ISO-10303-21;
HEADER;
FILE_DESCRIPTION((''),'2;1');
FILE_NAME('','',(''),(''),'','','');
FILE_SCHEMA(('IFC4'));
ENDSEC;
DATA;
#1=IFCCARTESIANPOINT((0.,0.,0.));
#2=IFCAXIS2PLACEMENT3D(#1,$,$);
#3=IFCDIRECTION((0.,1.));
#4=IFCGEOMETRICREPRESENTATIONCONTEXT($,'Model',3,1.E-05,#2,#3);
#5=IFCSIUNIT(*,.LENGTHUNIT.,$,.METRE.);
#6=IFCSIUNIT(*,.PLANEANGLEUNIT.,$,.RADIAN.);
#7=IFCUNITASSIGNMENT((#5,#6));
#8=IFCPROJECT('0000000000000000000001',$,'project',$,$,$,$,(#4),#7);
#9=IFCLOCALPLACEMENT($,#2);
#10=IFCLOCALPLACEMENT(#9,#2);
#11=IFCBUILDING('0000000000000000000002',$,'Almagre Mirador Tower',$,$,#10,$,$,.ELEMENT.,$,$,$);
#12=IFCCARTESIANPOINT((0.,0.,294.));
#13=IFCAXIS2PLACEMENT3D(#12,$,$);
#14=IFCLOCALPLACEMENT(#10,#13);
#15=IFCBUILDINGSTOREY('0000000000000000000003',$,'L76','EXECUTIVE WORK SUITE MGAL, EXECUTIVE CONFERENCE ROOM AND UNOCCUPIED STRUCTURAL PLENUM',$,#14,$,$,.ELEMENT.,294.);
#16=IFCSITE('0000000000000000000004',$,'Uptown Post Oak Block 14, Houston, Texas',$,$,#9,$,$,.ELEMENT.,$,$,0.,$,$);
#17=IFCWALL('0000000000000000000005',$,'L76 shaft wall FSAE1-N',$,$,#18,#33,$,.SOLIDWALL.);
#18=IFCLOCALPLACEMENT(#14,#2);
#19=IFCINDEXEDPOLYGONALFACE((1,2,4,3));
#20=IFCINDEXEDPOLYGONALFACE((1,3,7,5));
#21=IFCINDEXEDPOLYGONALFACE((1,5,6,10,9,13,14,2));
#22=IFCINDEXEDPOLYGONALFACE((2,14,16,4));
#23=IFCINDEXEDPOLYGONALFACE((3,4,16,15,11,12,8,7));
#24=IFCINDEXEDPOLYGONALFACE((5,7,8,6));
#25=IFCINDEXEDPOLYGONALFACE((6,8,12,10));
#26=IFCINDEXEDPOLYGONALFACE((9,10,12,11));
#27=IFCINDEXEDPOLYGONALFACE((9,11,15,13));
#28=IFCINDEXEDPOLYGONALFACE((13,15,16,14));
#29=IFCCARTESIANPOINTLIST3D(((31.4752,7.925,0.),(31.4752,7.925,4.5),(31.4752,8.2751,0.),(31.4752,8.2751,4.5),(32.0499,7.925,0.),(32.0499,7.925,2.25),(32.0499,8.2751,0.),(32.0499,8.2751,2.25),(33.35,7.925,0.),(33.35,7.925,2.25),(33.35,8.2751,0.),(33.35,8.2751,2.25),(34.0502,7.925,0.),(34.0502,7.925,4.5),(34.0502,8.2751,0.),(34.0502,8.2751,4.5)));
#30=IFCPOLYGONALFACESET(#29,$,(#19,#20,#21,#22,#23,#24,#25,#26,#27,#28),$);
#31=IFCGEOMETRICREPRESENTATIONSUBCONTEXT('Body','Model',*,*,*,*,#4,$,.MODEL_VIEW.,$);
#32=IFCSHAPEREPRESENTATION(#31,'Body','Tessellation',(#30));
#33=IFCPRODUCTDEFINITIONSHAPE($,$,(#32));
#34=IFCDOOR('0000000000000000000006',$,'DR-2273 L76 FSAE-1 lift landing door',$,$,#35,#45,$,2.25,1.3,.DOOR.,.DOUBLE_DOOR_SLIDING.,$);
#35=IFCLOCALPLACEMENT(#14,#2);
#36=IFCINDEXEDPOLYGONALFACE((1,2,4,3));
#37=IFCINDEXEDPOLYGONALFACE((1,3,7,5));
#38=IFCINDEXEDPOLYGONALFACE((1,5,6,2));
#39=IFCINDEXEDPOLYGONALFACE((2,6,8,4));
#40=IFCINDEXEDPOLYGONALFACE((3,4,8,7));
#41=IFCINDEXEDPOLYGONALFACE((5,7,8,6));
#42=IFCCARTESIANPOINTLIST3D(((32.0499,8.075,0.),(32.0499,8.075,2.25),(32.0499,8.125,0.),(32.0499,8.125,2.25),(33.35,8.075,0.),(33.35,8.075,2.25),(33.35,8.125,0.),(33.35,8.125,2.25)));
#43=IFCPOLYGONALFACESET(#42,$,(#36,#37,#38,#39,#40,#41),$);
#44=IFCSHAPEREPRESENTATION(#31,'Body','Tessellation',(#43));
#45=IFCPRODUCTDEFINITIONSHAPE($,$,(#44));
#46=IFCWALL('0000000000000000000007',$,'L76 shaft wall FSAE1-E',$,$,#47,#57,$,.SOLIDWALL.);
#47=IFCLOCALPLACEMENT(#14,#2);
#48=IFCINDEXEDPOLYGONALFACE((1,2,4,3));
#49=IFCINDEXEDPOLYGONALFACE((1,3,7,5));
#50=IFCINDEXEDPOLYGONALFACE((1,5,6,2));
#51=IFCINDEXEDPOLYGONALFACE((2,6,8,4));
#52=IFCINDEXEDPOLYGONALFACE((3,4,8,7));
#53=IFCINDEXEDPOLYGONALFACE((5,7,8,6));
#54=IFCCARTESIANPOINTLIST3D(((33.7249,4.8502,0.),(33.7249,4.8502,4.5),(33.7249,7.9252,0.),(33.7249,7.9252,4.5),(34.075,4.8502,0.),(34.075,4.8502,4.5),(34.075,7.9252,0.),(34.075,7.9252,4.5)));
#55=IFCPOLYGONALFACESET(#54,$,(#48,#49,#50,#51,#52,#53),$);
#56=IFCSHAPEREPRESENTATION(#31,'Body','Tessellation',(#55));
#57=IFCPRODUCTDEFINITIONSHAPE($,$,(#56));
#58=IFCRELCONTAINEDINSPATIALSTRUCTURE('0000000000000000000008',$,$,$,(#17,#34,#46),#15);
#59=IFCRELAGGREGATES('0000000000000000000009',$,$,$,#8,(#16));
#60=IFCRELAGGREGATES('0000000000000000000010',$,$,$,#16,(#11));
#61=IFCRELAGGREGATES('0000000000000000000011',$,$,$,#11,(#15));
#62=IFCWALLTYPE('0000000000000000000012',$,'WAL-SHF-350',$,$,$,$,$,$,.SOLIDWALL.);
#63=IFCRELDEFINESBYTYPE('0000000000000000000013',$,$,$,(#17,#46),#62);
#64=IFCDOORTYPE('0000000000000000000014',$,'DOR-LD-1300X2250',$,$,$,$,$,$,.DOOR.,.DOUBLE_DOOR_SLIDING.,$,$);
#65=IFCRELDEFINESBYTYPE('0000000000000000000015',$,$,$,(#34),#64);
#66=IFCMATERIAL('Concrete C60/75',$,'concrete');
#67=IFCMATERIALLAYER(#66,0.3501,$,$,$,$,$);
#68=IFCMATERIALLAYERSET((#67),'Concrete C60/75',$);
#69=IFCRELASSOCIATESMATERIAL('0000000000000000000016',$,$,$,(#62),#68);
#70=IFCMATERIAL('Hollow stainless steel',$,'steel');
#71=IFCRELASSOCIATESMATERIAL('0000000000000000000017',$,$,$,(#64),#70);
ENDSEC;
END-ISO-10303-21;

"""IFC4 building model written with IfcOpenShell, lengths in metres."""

from ifc_helpers import new_model, si_unit, direction, frame, frame_2d, origin, place, context, subcontext, project, spatial, rectangle, extrude, material, layer, layer_set, type_object, element, fill, save


model = new_model("IFC4")

# Units and contexts
model_context = context("Model", 3, precision=1e-05, world=origin(), true_north=direction((0.0, 1.0)))
body_context = subcontext(model_context, "Body", "Model", "MODEL_VIEW")
ifc_project = project(units=[si_unit("LENGTHUNIT", "METRE"), si_unit("PLANEANGLEUNIT", "RADIAN")], contexts=[model_context])

# Site, building, storey
site_placement = place(None, origin())
site = spatial("IfcSite", under=ifc_project, at=site_placement, Name="Uptown Post Oak Block 14, Houston, Texas", CompositionType="ELEMENT", RefElevation=0.0)
building_placement = place(site_placement, origin())
building = spatial("IfcBuilding", under=site, at=building_placement, Name="Almagre Mirador Tower", CompositionType="ELEMENT")
storey_placement = place(building_placement, frame((0.0, 0.0, 294.0)))
storey = spatial("IfcBuildingStorey", under=building, at=storey_placement, Name="L76", Description="EXECUTIVE WORK SUITE MGAL, EXECUTIVE CONFERENCE ROOM AND UNOCCUPIED STRUCTURAL PLENUM", CompositionType="ELEMENT", Elevation=294.0)

# Shared definitions
ifc_material_1 = material(Name="Concrete C60/75", Category="concrete")
ifc_layer_1 = layer(ifc_material_1, 0.3501)
ifc_layer_set_1 = layer_set([ifc_layer_1], Name="Concrete C60/75")
wall_type_1 = type_object("IfcWallType", Name="WAL-SHF-350", PredefinedType="SOLIDWALL", material=ifc_layer_set_1)

# Wall, opening, door
wall_1_placement = place(storey_placement, frame((31.4751, 8.1001, 0.0), z_axis=(0.0, 0.0, 1.0), x_axis=(1.0, 0.0, 0.0)))
wall_1 = element("IfcWall", 1, at=wall_1_placement, inside=storey, type_object=wall_type_1, Name="L76 shaft wall FSAE1-N", PredefinedType="SOLIDWALL", context=body_context, shape_type="SweptSolid", body=[
    extrude(rectangle(XDim=2.575, YDim=0.3501, at=frame_2d((1.2876, 0.0))), origin(), (0.0, 0.0, 1.0), 4.5),
])
opening_1_placement = place(wall_1_placement, frame((0.575, 0.0, 0.0)))
opening_1 = element("IfcOpeningElement", 2, at=opening_1_placement, cuts=wall_1, PredefinedType="OPENING", context=body_context, shape_type="SweptSolid", body=[
    extrude(rectangle(XDim=1.3, YDim=2.25, at=frame_2d((0.6499, 1.125))), frame((0.0, 0.185, 0.0), z_axis=(0.0, -1.0, 0.0), x_axis=(1.0, 0.0, 0.0)), (0.0, 0.0, 1.0), 0.3701),
])
ifc_material_2 = material(Name="Hollow stainless steel", Category="steel")
door_type_1 = type_object("IfcDoorType", Name="DOR-LD-1300X2250", OperationType="DOUBLE_DOOR_SLIDING", PredefinedType="DOOR", material=ifc_material_2)
door_1_placement = place(opening_1_placement, origin())
door_1 = element("IfcDoor", 3, at=door_1_placement, inside=storey, type_object=door_type_1, Name="DR-2273 L76 FSAE-1 lift landing door", OperationType="DOUBLE_DOOR_SLIDING", OverallHeight=2.25, OverallWidth=1.3, PredefinedType="DOOR", context=body_context, shape_type="SweptSolid", body=[
    extrude(rectangle(XDim=1.3, YDim=2.25, at=frame_2d((0.6499, 1.125))), frame((0.0, 0.0249, 0.0), z_axis=(0.0, -1.0, 0.0), x_axis=(1.0, 0.0, 0.0)), (0.0, 0.0, 1.0), 0.05),
])
fill(opening_1, door_1)

# Wall
wall_2_placement = place(storey_placement, frame((33.8999, 4.8501, 0.0), z_axis=(0.0, 0.0, 1.0), x_axis=(0.0, 1.0, 0.0)))
element("IfcWall", 4, at=wall_2_placement, inside=storey, type_object=wall_type_1, Name="L76 shaft wall FSAE1-E", PredefinedType="SOLIDWALL", context=body_context, shape_type="SweptSolid", body=[
    extrude(rectangle(XDim=3.075, YDim=0.3501, at=frame_2d((1.5376, 0.0))), origin(), (0.0, 0.0, 1.0), 4.5),
])

save(model, "model.ifc")
